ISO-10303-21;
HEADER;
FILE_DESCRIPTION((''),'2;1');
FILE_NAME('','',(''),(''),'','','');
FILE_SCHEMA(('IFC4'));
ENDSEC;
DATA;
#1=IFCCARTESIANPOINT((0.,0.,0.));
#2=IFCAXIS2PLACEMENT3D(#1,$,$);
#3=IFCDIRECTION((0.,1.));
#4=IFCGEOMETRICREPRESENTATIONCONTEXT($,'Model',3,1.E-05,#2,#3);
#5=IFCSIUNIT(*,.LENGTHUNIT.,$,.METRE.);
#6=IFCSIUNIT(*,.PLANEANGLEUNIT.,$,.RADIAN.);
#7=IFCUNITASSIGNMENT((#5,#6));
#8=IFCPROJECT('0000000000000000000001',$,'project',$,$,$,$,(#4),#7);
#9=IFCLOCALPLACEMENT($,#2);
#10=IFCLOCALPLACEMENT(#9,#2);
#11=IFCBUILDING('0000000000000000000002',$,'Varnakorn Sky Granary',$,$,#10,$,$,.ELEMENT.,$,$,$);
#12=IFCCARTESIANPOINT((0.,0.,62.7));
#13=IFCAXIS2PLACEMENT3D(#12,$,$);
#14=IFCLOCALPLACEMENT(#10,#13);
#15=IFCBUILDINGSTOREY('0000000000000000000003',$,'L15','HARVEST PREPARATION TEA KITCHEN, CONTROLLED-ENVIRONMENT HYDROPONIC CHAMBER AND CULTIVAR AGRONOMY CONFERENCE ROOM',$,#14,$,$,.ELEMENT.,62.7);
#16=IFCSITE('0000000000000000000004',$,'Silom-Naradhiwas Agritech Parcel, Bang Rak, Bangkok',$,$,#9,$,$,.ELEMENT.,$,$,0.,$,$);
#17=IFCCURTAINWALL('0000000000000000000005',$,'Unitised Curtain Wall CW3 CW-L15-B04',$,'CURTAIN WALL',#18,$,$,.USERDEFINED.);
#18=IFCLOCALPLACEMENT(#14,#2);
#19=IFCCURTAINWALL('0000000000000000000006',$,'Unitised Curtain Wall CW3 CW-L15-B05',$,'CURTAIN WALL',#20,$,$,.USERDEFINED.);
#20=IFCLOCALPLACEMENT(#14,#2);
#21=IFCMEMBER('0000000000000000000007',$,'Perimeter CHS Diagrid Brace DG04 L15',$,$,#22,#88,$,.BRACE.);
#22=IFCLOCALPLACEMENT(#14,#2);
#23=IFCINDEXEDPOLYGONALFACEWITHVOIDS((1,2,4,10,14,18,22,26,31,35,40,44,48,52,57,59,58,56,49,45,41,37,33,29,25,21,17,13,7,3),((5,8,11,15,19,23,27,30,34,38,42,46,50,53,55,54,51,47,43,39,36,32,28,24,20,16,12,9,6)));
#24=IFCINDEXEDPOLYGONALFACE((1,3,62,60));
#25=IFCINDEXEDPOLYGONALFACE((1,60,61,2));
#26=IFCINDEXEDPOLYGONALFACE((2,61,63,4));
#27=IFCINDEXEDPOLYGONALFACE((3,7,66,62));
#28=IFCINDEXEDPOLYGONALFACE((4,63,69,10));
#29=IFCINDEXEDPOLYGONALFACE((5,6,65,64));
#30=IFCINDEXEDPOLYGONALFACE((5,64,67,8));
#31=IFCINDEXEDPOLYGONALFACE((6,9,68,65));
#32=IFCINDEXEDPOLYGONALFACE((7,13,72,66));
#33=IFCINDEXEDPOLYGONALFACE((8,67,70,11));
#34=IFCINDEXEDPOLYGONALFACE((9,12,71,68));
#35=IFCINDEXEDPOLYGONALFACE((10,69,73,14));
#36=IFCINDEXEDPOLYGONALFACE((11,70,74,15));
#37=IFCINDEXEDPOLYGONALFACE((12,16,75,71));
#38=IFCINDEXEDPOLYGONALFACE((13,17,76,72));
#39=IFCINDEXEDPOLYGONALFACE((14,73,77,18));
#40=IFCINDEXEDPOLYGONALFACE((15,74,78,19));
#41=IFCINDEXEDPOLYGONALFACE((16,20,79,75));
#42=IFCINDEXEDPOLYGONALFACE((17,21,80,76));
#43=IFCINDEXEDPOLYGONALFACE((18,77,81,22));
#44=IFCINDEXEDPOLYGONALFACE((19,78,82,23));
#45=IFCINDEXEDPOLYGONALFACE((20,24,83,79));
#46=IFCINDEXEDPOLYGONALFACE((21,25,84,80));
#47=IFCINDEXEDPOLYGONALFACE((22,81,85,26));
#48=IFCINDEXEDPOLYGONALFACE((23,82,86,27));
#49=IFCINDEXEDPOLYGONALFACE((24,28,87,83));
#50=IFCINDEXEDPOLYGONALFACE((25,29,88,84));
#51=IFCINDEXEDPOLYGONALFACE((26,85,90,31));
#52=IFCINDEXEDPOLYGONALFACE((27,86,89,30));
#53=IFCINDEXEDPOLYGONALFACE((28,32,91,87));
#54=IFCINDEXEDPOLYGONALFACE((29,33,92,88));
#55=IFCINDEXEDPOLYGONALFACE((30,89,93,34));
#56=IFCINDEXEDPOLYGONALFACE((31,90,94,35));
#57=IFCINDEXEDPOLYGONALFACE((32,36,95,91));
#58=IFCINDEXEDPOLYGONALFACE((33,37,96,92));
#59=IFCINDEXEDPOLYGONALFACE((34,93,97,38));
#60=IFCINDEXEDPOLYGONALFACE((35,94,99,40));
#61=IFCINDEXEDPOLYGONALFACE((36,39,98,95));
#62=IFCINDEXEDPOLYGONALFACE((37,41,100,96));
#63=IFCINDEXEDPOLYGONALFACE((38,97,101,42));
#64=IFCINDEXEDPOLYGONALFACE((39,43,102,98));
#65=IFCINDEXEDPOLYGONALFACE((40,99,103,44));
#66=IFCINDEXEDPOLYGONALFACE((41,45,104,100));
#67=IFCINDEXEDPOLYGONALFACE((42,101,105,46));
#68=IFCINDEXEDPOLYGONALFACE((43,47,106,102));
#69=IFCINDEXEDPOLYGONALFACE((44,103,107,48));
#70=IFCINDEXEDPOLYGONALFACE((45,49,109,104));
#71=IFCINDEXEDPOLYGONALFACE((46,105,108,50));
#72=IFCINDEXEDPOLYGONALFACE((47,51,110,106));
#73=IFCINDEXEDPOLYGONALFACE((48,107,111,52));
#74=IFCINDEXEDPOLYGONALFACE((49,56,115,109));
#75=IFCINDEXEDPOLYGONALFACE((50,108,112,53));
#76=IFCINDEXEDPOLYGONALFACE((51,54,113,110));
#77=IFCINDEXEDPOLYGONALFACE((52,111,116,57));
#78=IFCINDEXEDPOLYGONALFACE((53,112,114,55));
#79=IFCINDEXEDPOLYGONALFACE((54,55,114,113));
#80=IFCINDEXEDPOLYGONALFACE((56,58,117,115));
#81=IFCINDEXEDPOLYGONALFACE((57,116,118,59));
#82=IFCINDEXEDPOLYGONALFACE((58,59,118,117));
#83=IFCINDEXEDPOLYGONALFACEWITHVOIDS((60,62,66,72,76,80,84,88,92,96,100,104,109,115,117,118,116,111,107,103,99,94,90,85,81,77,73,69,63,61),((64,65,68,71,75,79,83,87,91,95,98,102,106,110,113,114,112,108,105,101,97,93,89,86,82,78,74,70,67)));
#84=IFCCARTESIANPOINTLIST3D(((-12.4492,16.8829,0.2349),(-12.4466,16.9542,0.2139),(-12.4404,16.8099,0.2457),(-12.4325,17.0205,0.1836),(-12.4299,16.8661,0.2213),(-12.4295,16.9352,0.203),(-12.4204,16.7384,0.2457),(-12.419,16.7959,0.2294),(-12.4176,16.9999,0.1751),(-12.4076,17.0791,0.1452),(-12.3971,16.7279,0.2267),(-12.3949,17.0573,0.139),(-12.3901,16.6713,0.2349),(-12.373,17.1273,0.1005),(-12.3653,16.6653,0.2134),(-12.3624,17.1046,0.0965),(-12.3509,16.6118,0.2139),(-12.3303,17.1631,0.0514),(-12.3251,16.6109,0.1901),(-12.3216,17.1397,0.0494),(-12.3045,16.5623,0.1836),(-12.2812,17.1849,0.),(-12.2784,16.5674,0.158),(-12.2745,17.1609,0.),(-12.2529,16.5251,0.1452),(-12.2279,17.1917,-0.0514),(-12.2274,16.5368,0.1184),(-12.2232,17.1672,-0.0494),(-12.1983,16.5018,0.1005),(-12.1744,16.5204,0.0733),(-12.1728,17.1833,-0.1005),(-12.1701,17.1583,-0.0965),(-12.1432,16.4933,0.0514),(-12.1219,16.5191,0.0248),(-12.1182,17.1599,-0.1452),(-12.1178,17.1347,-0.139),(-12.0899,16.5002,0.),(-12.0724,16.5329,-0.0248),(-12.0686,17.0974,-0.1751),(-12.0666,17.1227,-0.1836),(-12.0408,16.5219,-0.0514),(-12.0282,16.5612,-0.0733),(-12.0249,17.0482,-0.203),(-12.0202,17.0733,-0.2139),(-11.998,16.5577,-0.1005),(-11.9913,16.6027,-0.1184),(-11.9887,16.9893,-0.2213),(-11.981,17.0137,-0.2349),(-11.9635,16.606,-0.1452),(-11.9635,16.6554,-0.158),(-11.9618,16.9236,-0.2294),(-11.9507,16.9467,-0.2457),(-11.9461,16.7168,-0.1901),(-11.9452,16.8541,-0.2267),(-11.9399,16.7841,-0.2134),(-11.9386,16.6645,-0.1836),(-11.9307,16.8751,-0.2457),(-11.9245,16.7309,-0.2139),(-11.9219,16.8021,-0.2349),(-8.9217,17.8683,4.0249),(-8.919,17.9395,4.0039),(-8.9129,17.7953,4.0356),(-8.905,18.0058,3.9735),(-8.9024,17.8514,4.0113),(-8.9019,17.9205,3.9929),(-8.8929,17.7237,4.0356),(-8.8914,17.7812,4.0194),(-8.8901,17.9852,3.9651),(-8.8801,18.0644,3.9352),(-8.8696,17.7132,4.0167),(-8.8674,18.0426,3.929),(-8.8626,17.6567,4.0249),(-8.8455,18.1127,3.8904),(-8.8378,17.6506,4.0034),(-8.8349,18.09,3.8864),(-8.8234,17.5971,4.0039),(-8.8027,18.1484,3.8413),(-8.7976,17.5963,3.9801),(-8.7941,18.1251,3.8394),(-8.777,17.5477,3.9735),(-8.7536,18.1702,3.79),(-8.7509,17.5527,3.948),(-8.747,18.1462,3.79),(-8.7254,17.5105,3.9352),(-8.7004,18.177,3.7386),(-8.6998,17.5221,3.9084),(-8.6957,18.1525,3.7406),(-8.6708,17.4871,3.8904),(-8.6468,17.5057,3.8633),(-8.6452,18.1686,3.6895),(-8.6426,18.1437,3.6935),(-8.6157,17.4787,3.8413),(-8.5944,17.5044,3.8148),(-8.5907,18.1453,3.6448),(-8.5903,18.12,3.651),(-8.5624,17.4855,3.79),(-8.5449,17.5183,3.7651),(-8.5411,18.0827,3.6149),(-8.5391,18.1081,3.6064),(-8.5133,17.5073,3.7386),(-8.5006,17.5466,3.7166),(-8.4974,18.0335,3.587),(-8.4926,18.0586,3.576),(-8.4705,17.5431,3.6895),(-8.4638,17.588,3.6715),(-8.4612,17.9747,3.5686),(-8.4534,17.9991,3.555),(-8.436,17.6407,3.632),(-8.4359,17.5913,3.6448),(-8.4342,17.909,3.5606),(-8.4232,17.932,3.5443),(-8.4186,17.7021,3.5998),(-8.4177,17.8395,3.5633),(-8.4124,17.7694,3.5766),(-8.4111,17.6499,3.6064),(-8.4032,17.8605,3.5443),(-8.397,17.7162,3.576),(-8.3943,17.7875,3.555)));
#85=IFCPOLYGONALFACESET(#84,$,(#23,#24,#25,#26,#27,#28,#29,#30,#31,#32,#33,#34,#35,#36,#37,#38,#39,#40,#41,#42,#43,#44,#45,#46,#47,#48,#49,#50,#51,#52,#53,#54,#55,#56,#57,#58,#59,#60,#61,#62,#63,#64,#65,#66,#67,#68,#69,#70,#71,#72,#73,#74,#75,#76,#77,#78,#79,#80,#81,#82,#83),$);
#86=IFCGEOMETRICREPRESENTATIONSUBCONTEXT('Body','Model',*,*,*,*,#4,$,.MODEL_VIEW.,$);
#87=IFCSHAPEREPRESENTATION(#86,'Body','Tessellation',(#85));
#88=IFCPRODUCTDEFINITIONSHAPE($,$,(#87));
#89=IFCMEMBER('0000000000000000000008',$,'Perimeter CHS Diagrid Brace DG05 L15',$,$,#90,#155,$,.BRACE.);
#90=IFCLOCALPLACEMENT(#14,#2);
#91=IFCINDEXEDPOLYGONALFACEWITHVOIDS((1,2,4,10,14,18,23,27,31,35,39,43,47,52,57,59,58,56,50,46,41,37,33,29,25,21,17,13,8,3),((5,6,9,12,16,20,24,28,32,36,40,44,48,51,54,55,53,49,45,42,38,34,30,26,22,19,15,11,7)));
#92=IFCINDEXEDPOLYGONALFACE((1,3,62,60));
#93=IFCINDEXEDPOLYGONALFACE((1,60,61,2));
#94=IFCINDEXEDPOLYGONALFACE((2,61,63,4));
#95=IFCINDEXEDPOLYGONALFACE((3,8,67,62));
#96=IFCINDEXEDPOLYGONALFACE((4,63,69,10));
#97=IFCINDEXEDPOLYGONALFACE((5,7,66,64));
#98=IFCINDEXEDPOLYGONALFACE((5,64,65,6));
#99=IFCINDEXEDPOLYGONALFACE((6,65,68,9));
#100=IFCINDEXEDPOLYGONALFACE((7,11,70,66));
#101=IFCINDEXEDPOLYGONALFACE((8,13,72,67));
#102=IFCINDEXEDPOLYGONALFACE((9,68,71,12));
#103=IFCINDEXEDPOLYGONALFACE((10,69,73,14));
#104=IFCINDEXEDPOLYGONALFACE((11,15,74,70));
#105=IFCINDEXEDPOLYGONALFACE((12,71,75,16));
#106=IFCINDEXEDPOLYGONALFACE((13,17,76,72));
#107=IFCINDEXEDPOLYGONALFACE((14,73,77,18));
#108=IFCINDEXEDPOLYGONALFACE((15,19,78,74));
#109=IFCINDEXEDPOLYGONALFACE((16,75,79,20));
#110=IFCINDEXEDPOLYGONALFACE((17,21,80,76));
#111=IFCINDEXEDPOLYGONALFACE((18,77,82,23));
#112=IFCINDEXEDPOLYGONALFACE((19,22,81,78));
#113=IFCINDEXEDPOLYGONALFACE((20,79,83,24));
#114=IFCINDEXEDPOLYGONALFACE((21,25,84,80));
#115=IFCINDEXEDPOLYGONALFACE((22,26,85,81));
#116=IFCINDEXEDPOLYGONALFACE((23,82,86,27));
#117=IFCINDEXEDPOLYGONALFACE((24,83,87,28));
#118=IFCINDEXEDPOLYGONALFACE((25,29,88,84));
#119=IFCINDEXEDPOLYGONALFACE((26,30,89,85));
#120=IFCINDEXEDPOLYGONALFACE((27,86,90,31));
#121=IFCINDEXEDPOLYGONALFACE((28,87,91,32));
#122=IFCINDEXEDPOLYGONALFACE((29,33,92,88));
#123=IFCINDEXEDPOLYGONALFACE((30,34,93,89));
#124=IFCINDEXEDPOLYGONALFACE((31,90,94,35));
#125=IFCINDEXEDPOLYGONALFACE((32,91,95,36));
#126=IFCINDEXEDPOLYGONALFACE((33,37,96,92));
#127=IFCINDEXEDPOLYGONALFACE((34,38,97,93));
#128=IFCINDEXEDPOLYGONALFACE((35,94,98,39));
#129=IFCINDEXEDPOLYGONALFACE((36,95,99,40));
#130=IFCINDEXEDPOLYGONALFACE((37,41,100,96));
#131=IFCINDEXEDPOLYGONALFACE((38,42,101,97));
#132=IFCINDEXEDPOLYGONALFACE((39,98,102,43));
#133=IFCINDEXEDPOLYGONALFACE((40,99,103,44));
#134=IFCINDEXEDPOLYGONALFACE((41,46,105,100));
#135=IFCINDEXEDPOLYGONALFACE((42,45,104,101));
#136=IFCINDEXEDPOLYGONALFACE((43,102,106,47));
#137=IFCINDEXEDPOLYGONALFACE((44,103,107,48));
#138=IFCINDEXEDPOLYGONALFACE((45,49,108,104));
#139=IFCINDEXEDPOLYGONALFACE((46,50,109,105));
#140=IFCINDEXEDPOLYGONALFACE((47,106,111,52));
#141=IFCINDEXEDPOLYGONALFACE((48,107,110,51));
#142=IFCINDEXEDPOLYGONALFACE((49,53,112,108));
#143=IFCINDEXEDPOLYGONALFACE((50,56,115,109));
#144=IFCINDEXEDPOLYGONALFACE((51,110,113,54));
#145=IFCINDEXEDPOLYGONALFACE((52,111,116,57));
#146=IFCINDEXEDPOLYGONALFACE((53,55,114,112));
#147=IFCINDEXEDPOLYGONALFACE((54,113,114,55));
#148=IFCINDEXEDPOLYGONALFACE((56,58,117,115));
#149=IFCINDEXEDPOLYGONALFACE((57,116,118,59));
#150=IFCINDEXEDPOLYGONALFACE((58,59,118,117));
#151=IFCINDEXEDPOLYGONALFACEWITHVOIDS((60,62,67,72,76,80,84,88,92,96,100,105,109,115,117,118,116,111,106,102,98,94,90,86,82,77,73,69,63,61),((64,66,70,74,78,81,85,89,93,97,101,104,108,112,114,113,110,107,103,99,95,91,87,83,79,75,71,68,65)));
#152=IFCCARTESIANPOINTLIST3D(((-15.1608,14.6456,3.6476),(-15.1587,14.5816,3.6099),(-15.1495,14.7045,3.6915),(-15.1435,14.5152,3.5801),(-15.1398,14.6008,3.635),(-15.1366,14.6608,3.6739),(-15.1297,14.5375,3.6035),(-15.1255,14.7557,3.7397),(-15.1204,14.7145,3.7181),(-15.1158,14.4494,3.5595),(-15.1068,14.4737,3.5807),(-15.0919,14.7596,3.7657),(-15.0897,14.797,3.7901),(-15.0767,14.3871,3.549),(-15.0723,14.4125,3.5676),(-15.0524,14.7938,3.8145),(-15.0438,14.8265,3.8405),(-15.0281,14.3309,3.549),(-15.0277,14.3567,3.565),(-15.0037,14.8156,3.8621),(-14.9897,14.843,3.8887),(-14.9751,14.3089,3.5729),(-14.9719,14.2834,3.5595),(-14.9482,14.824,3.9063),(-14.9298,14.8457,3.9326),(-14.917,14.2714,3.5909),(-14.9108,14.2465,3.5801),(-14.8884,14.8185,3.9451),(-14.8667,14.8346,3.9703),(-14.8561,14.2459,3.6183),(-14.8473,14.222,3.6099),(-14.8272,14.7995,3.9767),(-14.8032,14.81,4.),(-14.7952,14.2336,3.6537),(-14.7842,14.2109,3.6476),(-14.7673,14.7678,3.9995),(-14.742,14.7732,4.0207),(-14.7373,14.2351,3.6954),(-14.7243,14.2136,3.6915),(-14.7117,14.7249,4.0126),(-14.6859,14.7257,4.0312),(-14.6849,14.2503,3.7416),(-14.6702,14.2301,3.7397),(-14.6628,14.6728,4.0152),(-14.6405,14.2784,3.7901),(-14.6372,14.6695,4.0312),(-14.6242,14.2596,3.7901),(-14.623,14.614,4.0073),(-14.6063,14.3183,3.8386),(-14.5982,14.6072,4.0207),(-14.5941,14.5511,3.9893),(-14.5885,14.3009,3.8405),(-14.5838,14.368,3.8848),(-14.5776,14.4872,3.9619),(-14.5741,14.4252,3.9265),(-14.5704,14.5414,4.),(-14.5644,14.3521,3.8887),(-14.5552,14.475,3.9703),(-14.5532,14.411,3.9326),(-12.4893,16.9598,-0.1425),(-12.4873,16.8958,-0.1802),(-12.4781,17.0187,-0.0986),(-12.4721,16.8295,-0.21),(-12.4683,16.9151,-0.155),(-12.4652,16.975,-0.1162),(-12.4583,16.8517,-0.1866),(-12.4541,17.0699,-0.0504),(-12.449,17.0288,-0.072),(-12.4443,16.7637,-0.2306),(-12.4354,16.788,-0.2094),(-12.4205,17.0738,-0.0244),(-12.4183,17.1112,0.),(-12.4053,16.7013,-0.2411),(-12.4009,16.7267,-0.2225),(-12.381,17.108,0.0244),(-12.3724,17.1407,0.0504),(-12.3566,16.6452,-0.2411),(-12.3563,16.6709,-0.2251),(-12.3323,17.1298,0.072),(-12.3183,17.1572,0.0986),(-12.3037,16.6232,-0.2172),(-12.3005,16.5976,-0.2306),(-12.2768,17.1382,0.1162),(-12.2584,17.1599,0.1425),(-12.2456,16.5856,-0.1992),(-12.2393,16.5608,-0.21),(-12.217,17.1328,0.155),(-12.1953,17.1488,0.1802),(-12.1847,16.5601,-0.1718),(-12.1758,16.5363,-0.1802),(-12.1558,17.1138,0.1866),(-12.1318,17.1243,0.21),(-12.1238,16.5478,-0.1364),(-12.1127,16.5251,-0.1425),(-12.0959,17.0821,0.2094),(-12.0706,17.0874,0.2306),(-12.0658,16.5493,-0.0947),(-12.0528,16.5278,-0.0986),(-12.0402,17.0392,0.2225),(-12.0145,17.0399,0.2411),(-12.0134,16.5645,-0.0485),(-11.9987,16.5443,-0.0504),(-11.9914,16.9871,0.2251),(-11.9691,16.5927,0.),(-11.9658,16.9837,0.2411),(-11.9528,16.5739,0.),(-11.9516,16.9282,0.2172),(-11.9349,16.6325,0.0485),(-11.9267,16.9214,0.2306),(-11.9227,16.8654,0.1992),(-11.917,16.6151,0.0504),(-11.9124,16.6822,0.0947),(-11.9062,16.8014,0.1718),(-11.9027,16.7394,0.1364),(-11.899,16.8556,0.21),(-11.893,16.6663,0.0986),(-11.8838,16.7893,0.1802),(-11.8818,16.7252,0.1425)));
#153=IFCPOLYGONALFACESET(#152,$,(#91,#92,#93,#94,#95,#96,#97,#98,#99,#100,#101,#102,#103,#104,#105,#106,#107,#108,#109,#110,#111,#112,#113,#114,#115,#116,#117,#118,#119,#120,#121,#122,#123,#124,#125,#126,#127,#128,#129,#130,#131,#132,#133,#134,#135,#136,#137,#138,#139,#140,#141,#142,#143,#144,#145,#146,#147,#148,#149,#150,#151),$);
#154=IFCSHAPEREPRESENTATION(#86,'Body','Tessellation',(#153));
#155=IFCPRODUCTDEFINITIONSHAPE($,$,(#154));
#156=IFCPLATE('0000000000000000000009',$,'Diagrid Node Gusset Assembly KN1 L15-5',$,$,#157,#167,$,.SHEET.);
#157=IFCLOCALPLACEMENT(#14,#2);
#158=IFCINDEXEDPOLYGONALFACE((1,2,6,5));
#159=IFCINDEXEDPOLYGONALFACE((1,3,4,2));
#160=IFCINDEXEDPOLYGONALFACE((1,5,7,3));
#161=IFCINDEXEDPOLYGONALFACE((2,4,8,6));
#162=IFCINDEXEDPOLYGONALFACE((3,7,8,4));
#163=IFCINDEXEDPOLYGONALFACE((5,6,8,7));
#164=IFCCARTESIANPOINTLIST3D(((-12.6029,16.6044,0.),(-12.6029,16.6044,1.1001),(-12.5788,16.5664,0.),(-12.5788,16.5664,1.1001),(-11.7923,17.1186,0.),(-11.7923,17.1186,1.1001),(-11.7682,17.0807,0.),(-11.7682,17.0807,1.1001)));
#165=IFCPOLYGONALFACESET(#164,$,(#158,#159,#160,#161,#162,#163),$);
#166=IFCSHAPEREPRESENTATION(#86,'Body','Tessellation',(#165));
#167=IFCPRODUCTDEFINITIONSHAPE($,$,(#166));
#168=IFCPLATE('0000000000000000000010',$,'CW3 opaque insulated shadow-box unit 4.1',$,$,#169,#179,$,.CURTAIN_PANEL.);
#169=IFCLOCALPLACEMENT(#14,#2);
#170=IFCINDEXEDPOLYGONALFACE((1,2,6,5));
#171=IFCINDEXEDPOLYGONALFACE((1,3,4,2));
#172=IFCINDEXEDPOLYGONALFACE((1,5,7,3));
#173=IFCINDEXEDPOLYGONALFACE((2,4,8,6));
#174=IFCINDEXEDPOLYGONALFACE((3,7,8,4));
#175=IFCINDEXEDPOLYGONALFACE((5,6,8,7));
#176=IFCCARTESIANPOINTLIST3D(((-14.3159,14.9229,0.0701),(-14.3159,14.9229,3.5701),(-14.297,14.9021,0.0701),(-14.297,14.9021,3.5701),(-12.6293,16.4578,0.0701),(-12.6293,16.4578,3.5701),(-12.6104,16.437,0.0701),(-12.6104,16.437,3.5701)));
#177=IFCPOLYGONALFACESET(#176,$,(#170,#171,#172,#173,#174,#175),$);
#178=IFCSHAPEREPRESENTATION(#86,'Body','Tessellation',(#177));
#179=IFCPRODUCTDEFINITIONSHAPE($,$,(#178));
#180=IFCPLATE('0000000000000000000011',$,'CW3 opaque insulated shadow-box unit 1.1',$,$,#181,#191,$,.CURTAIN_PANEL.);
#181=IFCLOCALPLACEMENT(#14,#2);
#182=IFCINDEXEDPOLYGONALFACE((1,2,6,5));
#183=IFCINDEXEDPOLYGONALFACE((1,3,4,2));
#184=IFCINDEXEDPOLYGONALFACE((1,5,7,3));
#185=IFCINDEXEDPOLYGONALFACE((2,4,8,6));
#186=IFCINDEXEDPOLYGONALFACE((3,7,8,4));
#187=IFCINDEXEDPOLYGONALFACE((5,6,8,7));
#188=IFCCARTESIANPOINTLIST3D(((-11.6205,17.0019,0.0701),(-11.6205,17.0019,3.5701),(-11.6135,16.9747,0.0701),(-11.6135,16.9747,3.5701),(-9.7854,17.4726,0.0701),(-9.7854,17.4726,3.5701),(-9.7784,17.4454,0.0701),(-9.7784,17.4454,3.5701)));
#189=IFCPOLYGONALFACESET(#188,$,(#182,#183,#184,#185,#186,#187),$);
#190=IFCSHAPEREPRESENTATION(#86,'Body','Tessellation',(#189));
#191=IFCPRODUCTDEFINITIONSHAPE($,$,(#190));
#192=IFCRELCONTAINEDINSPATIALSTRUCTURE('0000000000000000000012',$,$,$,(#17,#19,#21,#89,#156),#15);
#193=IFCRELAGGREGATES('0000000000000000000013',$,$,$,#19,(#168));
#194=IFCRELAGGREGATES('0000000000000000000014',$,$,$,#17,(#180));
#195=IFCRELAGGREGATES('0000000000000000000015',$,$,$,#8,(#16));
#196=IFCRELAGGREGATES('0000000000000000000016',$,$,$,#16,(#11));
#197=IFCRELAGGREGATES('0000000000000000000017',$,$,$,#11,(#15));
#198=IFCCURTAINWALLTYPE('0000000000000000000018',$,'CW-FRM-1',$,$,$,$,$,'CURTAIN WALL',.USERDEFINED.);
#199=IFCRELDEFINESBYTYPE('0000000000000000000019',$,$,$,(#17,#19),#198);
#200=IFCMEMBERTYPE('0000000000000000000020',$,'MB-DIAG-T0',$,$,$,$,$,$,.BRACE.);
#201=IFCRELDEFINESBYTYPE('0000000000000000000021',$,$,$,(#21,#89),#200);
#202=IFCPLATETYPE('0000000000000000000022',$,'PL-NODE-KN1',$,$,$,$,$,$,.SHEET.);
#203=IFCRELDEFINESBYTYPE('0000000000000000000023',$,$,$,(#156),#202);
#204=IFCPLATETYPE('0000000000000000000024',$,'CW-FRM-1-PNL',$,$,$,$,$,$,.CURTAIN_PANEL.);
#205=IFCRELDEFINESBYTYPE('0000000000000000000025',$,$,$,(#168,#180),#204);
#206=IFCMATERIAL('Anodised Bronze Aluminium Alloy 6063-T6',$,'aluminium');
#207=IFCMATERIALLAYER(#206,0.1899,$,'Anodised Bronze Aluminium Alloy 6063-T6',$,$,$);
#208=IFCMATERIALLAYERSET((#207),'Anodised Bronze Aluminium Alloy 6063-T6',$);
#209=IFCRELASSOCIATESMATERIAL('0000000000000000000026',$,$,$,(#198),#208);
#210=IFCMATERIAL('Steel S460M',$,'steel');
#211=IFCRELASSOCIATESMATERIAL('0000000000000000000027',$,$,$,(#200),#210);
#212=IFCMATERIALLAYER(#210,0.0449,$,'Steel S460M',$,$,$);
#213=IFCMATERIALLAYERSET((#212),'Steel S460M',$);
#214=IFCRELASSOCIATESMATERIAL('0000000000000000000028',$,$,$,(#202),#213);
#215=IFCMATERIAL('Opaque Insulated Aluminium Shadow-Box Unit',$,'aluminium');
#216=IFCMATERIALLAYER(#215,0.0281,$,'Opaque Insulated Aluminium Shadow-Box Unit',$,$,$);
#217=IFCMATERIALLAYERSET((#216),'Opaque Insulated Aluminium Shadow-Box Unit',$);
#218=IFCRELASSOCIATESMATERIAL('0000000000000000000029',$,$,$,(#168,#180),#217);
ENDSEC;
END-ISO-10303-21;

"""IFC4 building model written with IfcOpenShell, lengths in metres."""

from ifc_helpers import new_model, si_unit, direction, frame, origin, origin_2d, place, context, subcontext, project, spatial, rectangle, hollow_circle, extrude, source, transform, mapped, material, layer, layer_set, material_profile, profile_set, type_object, element, aggregate, save


model = new_model("IFC4")

# Units and contexts
model_context = context("Model", 3, precision=1e-05, world=origin(), true_north=direction((0.0, 1.0)))
body_context = subcontext(model_context, "Body", "Model", "MODEL_VIEW")
ifc_project = project(units=[si_unit("LENGTHUNIT", "METRE"), si_unit("PLANEANGLEUNIT", "RADIAN")], contexts=[model_context])

# Site, building, storey
site_placement = place(None, origin())
site = spatial("IfcSite", under=ifc_project, at=site_placement, Name="Silom-Naradhiwas Agritech Parcel, Bang Rak, Bangkok", CompositionType="ELEMENT", RefElevation=0.0)
building_placement = place(site_placement, origin())
building = spatial("IfcBuilding", under=site, at=building_placement, Name="Varnakorn Sky Granary", CompositionType="ELEMENT")
storey_placement = place(building_placement, frame((0.0, 0.0, 62.7)))
storey = spatial("IfcBuildingStorey", under=building, at=storey_placement, Name="L15", Description="HARVEST PREPARATION TEA KITCHEN, CONTROLLED-ENVIRONMENT HYDROPONIC CHAMBER AND CULTIVAR AGRONOMY CONFERENCE ROOM", CompositionType="ELEMENT", Elevation=62.7)

# Shared definitions
ifc_material_1 = material(Name="Steel S460M", Category="steel")

# Curtain walls
ifc_material_2 = material(Name="Anodised Bronze Aluminium Alloy 6063-T6", Category="aluminium")
ifc_layer_1 = layer(ifc_material_2, 0.1899, Name="Anodised Bronze Aluminium Alloy 6063-T6")
ifc_layer_set_1 = layer_set([ifc_layer_1], Name="Anodised Bronze Aluminium Alloy 6063-T6")
curtain_wall_type = type_object("IfcCurtainWallType", Name="CW-FRM-1", ElementType="CURTAIN WALL", PredefinedType="USERDEFINED", material=ifc_layer_set_1)
curtain_wall_1_placement = place(storey_placement, origin())
curtain_wall_1 = element("IfcCurtainWall", 1, at=curtain_wall_1_placement, inside=storey, type_object=curtain_wall_type, Name="Unitised Curtain Wall CW3 CW-L15-B04", ObjectType="CURTAIN WALL", PredefinedType="USERDEFINED")
curtain_wall_2_placement = place(storey_placement, origin())
curtain_wall_2 = element("IfcCurtainWall", 2, at=curtain_wall_2_placement, inside=storey, type_object=curtain_wall_type, Name="Unitised Curtain Wall CW3 CW-L15-B05", ObjectType="CURTAIN WALL", PredefinedType="USERDEFINED")

# Members
ifc_material_profile_1 = material_profile(ifc_material_1, hollow_circle(Radius=0.3555, WallThickness=0.0249, at=origin_2d()), Name="CHS 711x25")
ifc_profile_set_1 = profile_set([ifc_material_profile_1], Name="Steel S460M")
member_type_1 = type_object("IfcMemberType", Name="MB-DIAG-T0", PredefinedType="BRACE", material=ifc_profile_set_1)
member_1_placement = place(storey_placement, frame((-12.1855, 16.8425, 0.0), z_axis=(0.669296, 0.186953, 0.719091), x_axis=(-0.269029, 0.963132, 0.0)))
element("IfcMember", 3, at=member_1_placement, inside=storey, type_object=member_type_1, Name="Perimeter CHS Diagrid Brace DG04 L15", PredefinedType="BRACE", context=body_context, shape_type="SweptSolid", body=[
    extrude(hollow_circle(Radius=0.3555, WallThickness=0.0249, at=origin_2d()), origin(), (0.0, 0.0, 1.0), 5.2705),
])
member_2_placement = place(storey_placement, frame((-12.1855, 16.8425, 0.0), z_axis=(-0.515483, -0.44656, 0.731343), x_axis=(0.65477, -0.755828, 0.0)))
element("IfcMember", 4, at=member_2_placement, inside=storey, type_object=member_type_1, Name="Perimeter CHS Diagrid Brace DG05 L15", PredefinedType="BRACE", context=body_context, shape_type="SweptSolid", body=[
    extrude(hollow_circle(Radius=0.3555, WallThickness=0.0249, at=origin_2d()), origin(), (0.0, 0.0, 1.0), 5.1824),
])

# Plates
ifc_layer_2 = layer(ifc_material_1, 0.0449, Name="Steel S460M")
ifc_layer_set_2 = layer_set([ifc_layer_2], Name="Steel S460M")
plate_type_1 = type_object("IfcPlateType", Name="PL-NODE-KN1", PredefinedType="SHEET", material=ifc_layer_set_2)
plate_1_placement = place(storey_placement, frame((-12.1855, 16.8425, 0.0), z_axis=(0.0, 0.0, 1.0), x_axis=(-0.844398, -0.535717, 0.0)))
element("IfcPlate", 5, at=plate_1_placement, inside=storey, type_object=plate_type_1, Name="Diagrid Node Gusset Assembly KN1 L15-5", PredefinedType="SHEET", context=body_context, shape_type="SweptSolid", body=[
    extrude(rectangle(XDim=0.96, YDim=0.0449, at=origin_2d()), origin(), (0.0, 0.0, 1.0), 1.1001),
])
ifc_material_3 = material(Name="Opaque Insulated Aluminium Shadow-Box Unit", Category="aluminium")
ifc_layer_3 = layer(ifc_material_3, 0.0281, Name="Opaque Insulated Aluminium Shadow-Box Unit")
ifc_layer_set_3 = layer_set([ifc_layer_3], Name="Opaque Insulated Aluminium Shadow-Box Unit")
plate_type_2 = type_object("IfcPlateType", Name="CW-FRM-1-PNL", PredefinedType="CURTAIN_PANEL")
shared_shape_1 = source(origin(), body_context, "Body", "SweptSolid", [
    extrude(rectangle(XDim=2.2805, YDim=0.0281, at=origin_2d()), origin(), (0.0, 0.0, 1.0), 3.5),
])
plate_2_placement = place(storey_placement, frame((-13.4631, 15.6799, 0.0701), z_axis=(0.0, 0.0, 1.0), x_axis=(0.739596, 0.673051, 0.0)))
plate_2 = element("IfcPlate", 6, at=plate_2_placement, type_object=plate_type_2, material=ifc_layer_set_3, Name="CW3 opaque insulated shadow-box unit 4.1", PredefinedType="CURTAIN_PANEL", context=body_context, shape_type="MappedRepresentation", body=[
    mapped(shared_shape_1, transform((0.0, 0.0, 0.0), x_axis=(1.0, 0.0, 0.0), y_axis=(0.0, 1.0, 0.0), z_axis=(0.0, 0.0, 1.0), scale=1.0)),
])
aggregate(curtain_wall_2, [plate_2])
shared_shape_2 = source(origin(), body_context, "Body", "SweptSolid", [
    extrude(rectangle(XDim=1.8945, YDim=0.0281, at=origin_2d()), origin(), (0.0, 0.0, 1.0), 3.5),
])
plate_3_placement = place(storey_placement, frame((-10.6995, 17.2236, 0.0701), z_axis=(0.0, 0.0, 1.0), x_axis=(0.968648, 0.248436, 0.0)))
plate_3 = element("IfcPlate", 7, at=plate_3_placement, type_object=plate_type_2, material=ifc_layer_set_3, Name="CW3 opaque insulated shadow-box unit 1.1", PredefinedType="CURTAIN_PANEL", context=body_context, shape_type="MappedRepresentation", body=[
    mapped(shared_shape_2, transform((0.0, 0.0, 0.0), x_axis=(1.0, 0.0, 0.0), y_axis=(0.0, 1.0, 0.0), z_axis=(0.0, 0.0, 1.0), scale=1.0)),
])
aggregate(curtain_wall_1, [plate_3])

save(model, "model.ifc")
